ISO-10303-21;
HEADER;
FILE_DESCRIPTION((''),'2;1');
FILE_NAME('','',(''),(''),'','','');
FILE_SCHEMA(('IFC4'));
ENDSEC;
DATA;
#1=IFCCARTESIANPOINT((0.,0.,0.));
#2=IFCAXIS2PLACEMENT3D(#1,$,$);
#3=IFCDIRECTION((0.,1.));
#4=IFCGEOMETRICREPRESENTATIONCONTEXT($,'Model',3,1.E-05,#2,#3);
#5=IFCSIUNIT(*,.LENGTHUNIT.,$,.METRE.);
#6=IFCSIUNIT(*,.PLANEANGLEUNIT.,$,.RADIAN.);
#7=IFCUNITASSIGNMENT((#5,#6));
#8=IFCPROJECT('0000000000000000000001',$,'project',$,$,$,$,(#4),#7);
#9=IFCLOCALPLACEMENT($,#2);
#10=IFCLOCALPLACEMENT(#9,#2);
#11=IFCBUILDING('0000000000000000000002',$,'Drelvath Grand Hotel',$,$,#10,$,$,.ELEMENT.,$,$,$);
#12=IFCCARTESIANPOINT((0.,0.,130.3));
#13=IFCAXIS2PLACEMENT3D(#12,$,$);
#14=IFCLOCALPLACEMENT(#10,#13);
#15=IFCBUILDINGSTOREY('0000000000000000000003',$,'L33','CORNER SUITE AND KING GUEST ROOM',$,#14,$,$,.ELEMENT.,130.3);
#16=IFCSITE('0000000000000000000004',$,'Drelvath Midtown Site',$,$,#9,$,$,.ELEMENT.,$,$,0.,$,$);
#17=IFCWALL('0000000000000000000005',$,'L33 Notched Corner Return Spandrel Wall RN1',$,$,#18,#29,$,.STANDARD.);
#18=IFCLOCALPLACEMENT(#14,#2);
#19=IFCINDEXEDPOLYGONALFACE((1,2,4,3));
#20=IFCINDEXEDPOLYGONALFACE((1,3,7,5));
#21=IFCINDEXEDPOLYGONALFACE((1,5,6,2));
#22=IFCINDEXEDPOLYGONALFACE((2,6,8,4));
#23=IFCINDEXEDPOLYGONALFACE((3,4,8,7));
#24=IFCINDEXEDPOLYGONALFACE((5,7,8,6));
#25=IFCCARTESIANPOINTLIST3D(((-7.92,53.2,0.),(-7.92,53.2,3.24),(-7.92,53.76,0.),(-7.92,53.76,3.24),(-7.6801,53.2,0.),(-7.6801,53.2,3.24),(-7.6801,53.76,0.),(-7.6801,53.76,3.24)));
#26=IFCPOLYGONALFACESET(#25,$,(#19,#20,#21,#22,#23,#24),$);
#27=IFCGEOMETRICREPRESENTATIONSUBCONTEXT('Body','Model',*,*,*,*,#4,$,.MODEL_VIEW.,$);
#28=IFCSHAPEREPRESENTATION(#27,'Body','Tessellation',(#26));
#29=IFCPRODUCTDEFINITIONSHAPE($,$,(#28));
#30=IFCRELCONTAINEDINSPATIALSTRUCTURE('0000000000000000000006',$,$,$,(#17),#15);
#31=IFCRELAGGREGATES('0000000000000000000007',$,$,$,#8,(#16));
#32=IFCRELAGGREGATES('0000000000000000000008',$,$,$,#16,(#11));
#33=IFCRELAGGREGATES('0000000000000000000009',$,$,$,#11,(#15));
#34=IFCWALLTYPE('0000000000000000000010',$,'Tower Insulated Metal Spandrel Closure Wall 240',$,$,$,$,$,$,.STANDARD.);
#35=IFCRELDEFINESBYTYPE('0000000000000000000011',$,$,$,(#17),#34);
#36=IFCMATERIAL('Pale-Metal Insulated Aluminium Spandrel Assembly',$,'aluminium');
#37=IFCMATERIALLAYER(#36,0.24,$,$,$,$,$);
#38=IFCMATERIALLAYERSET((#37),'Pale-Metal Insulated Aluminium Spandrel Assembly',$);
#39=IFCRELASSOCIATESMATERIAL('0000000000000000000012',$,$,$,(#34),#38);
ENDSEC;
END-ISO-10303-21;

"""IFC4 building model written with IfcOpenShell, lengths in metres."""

from ifc_helpers import new_model, si_unit, direction, frame, frame_2d, origin, place, context, subcontext, project, spatial, rectangle, extrude, material, layer, layer_set, type_object, element, save


model = new_model("IFC4")

# Units and contexts
model_context = context("Model", 3, precision=1e-05, world=origin(), true_north=direction((0.0, 1.0)))
body_context = subcontext(model_context, "Body", "Model", "MODEL_VIEW")
ifc_project = project(units=[si_unit("LENGTHUNIT", "METRE"), si_unit("PLANEANGLEUNIT", "RADIAN")], contexts=[model_context])

# Site, building, storey
site_placement = place(None, origin())
site = spatial("IfcSite", under=ifc_project, at=site_placement, Name="Drelvath Midtown Site", CompositionType="ELEMENT", RefElevation=0.0)
building_placement = place(site_placement, origin())
building = spatial("IfcBuilding", under=site, at=building_placement, Name="Drelvath Grand Hotel", CompositionType="ELEMENT")
storey_placement = place(building_placement, frame((0.0, 0.0, 130.3)))
storey = spatial("IfcBuildingStorey", under=building, at=storey_placement, Name="L33", Description="CORNER SUITE AND KING GUEST ROOM", CompositionType="ELEMENT", Elevation=130.3)

# Wall
ifc_material_1 = material(Name="Pale-Metal Insulated Aluminium Spandrel Assembly", Category="aluminium")
ifc_layer_1 = layer(ifc_material_1, 0.24)
ifc_layer_set_1 = layer_set([ifc_layer_1], Name="Pale-Metal Insulated Aluminium Spandrel Assembly")
wall_type_1 = type_object("IfcWallType", Name="Tower Insulated Metal Spandrel Closure Wall 240", PredefinedType="STANDARD", material=ifc_layer_set_1)
wall_1_placement = place(storey_placement, frame((-7.8, 53.76, 0.0), z_axis=(0.0, 0.0, 1.0), x_axis=(0.0, -1.0, 0.0)))
element("IfcWall", 1, at=wall_1_placement, inside=storey, type_object=wall_type_1, Name="L33 Notched Corner Return Spandrel Wall RN1", PredefinedType="STANDARD", context=body_context, shape_type="SweptSolid", body=[
    extrude(rectangle(XDim=0.5601, YDim=0.24, at=frame_2d((0.28, 0.0))), origin(), (0.0, 0.0, 1.0), 3.24),
])

save(model, "model.ifc")
